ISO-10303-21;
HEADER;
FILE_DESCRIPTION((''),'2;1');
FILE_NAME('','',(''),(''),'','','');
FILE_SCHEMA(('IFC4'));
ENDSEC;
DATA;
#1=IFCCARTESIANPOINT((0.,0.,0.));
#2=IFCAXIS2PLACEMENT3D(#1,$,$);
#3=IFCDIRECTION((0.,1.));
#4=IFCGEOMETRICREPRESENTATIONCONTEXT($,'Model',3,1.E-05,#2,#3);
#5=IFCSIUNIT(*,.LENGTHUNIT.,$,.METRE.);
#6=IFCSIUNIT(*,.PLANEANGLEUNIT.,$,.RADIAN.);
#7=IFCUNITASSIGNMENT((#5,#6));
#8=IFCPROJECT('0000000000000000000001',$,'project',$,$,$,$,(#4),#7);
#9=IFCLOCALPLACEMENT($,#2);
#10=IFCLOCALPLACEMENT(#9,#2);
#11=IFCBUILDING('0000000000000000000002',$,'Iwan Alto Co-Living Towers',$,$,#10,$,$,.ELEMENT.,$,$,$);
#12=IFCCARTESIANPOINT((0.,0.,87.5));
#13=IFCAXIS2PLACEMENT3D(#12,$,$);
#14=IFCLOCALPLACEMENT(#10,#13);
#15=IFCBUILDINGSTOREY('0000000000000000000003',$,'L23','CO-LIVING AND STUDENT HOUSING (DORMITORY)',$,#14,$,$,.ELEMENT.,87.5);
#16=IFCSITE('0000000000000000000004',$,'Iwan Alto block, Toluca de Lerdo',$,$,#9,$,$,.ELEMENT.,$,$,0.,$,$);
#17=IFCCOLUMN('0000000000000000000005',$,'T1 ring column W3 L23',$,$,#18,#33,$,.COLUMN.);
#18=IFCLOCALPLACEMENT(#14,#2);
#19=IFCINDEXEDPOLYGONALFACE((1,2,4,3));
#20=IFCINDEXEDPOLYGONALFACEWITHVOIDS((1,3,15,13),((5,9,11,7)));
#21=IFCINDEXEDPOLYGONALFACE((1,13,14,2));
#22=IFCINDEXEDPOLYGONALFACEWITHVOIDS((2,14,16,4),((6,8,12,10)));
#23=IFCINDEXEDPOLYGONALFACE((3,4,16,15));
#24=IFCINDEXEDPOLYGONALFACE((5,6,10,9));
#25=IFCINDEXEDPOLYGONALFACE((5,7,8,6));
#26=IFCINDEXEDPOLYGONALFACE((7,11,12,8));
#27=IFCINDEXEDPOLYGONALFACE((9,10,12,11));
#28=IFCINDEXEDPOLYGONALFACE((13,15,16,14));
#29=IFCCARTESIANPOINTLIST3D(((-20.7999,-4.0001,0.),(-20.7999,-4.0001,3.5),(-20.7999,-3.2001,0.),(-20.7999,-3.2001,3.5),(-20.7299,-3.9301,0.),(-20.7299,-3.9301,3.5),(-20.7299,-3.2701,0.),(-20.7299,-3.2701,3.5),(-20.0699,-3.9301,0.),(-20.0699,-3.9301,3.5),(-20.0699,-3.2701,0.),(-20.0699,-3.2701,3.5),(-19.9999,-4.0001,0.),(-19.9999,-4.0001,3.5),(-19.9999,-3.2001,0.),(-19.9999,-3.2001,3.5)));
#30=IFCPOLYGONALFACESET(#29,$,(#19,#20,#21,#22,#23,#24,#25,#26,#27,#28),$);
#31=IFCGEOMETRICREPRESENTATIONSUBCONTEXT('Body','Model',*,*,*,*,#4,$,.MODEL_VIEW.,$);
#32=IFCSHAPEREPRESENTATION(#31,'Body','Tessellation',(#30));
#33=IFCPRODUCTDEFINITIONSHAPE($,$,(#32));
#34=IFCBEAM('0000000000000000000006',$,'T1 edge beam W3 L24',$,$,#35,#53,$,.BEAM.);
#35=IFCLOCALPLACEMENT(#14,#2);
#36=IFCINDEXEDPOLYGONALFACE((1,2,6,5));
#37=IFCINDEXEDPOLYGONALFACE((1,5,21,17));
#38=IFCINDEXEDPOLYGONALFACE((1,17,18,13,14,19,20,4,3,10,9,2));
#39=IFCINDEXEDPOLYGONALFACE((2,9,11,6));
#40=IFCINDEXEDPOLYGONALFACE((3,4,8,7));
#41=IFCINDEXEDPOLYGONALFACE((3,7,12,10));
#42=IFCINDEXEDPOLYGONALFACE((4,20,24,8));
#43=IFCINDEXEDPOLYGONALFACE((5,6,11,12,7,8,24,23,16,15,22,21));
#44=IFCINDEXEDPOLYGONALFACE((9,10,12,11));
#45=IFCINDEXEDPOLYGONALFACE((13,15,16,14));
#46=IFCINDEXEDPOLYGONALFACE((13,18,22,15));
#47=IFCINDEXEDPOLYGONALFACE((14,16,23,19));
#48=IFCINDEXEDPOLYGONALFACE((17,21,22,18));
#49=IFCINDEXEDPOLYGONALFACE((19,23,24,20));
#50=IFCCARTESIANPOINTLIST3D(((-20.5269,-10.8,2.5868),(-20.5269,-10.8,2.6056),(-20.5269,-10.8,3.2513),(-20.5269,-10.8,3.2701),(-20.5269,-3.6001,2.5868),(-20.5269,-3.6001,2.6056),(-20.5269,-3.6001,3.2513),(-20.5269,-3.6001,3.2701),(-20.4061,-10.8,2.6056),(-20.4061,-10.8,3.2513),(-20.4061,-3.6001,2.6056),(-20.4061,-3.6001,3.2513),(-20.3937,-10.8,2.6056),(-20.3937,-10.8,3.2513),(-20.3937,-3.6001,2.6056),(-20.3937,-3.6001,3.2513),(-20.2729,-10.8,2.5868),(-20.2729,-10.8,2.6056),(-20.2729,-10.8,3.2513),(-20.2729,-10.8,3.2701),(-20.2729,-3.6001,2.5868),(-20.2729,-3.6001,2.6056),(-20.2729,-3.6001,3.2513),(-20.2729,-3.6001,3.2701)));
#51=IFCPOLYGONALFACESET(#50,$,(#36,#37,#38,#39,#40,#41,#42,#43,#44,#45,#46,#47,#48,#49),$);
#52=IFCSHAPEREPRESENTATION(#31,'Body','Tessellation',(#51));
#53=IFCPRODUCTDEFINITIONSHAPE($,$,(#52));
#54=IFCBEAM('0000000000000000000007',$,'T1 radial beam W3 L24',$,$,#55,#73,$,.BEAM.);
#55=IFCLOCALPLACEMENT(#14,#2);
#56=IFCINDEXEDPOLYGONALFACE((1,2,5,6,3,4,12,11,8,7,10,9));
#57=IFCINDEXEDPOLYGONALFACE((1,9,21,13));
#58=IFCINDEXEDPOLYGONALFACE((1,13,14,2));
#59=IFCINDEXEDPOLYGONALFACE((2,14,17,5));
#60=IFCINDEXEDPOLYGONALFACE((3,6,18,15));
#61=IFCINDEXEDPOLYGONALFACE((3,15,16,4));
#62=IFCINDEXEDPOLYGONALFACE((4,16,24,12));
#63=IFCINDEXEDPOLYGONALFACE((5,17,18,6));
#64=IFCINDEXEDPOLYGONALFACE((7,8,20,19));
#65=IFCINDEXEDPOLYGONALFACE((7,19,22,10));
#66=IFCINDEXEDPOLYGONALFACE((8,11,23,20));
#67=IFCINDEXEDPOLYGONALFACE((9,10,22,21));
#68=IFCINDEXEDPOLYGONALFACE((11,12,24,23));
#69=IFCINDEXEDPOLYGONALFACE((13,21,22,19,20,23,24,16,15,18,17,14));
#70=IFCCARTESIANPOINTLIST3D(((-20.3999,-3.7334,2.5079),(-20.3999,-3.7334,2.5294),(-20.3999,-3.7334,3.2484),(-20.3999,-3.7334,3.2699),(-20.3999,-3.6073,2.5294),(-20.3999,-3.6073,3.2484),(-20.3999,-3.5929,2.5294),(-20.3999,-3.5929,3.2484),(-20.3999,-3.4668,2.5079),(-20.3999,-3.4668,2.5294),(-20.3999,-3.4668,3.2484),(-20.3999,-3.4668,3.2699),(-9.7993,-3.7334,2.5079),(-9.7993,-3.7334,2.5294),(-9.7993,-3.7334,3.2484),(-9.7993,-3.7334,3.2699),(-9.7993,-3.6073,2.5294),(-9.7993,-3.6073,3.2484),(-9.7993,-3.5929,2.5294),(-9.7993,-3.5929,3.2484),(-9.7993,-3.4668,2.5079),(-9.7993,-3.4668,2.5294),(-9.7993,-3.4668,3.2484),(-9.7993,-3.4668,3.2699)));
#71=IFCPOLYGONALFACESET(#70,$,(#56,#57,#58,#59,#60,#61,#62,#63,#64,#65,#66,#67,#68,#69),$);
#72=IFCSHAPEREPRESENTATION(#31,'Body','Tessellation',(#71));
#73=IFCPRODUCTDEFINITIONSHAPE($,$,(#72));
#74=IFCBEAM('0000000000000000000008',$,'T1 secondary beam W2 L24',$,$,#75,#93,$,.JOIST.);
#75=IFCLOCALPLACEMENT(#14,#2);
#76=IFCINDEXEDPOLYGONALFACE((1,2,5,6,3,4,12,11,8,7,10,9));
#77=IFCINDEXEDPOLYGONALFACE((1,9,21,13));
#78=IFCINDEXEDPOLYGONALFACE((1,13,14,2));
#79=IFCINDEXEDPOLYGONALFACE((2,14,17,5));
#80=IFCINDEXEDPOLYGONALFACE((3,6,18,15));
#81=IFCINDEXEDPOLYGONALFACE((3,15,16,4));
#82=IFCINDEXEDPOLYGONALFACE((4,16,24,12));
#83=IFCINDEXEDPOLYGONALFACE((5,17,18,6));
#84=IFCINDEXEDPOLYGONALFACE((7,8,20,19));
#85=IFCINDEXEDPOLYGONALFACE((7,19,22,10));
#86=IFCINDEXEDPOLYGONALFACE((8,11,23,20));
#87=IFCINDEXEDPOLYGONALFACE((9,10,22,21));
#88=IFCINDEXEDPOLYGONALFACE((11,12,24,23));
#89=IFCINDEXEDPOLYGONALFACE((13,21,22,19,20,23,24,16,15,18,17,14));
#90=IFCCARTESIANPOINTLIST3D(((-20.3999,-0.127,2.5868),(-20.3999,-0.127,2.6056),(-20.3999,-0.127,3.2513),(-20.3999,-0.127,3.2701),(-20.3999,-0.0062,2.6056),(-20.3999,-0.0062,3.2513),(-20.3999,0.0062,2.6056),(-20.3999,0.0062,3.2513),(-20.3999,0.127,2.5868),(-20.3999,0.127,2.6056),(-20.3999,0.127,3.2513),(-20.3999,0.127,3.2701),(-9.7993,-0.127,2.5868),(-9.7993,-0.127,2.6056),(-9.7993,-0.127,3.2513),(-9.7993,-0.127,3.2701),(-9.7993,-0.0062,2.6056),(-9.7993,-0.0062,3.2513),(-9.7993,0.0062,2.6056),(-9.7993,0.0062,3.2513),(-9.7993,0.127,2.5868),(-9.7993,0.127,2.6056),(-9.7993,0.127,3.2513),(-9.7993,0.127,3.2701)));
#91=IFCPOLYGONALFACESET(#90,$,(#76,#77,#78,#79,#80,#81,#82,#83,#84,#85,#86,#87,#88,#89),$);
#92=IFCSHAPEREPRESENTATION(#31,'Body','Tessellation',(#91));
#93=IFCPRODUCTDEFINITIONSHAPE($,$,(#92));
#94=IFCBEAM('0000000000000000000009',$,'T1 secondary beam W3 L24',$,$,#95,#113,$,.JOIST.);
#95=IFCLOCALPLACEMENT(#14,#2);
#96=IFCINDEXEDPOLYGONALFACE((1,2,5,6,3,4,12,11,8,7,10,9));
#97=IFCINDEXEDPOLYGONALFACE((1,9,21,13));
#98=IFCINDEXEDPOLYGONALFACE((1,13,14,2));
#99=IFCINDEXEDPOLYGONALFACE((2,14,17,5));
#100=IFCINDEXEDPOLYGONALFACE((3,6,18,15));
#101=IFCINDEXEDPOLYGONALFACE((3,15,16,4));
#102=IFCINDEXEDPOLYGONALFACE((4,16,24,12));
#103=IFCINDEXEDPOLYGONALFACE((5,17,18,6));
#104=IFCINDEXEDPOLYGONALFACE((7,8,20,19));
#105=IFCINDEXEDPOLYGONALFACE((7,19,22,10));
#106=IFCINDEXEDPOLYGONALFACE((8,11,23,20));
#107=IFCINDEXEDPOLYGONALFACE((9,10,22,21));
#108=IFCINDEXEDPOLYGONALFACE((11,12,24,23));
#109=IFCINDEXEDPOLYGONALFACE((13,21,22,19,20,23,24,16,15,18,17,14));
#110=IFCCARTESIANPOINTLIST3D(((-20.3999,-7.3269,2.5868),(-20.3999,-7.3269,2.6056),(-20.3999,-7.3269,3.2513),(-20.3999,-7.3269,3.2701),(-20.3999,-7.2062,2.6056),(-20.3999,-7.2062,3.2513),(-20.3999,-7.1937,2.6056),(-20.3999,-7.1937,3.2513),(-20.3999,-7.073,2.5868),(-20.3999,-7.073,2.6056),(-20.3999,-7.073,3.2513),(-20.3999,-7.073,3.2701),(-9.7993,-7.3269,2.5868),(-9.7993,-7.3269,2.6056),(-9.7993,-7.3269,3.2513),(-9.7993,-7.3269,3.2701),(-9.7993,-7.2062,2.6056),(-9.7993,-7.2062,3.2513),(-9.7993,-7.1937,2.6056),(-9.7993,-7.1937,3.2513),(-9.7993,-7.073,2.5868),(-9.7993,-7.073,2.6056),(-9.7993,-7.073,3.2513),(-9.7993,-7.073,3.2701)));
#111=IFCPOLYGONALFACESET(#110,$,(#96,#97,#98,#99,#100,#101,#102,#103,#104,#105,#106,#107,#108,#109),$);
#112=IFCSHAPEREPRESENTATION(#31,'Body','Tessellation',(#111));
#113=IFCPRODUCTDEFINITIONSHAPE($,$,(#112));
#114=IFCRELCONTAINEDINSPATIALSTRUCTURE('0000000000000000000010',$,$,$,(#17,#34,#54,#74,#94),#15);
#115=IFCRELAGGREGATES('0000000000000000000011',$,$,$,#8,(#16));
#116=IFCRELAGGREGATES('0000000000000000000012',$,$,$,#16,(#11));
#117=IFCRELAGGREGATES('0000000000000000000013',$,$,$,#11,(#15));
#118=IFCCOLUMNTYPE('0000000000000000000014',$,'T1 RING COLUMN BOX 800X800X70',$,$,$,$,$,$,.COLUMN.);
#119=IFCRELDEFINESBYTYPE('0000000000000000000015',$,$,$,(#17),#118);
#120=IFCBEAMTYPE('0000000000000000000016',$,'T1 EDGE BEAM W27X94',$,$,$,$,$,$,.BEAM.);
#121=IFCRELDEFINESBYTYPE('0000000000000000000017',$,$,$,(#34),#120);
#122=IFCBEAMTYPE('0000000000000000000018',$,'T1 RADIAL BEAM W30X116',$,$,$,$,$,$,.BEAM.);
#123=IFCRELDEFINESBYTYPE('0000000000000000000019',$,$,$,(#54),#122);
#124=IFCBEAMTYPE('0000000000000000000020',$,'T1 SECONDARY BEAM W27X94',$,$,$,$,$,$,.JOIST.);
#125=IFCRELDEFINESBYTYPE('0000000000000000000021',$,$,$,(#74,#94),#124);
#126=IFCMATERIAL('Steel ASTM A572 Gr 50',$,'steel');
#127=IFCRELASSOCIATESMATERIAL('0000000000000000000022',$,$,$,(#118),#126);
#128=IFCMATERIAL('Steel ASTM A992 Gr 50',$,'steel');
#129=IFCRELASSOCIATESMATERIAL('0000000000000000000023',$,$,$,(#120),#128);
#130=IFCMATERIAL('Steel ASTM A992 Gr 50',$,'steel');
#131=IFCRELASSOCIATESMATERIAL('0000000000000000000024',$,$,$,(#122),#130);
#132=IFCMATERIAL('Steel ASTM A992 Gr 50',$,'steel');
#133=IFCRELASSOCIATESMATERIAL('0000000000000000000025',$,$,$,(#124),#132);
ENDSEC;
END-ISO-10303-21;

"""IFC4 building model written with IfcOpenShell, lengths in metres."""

from ifc_helpers import new_model, si_unit, direction, frame, origin, origin_2d, place, context, subcontext, project, spatial, hollow_rectangle, i_section, extrude, material, material_profile, profile_set, type_object, element, save


model = new_model("IFC4")

# Units and contexts
model_context = context("Model", 3, precision=1e-05, world=origin(), true_north=direction((0.0, 1.0)))
body_context = subcontext(model_context, "Body", "Model", "MODEL_VIEW")
ifc_project = project(units=[si_unit("LENGTHUNIT", "METRE"), si_unit("PLANEANGLEUNIT", "RADIAN")], contexts=[model_context])

# Site, building, storey
site_placement = place(None, origin())
site = spatial("IfcSite", under=ifc_project, at=site_placement, Name="Iwan Alto block, Toluca de Lerdo", CompositionType="ELEMENT", RefElevation=0.0)
building_placement = place(site_placement, origin())
building = spatial("IfcBuilding", under=site, at=building_placement, Name="Iwan Alto Co-Living Towers", CompositionType="ELEMENT")
storey_placement = place(building_placement, frame((0.0, 0.0, 87.5)))
storey = spatial("IfcBuildingStorey", under=building, at=storey_placement, Name="L23", Description="CO-LIVING AND STUDENT HOUSING (DORMITORY)", CompositionType="ELEMENT", Elevation=87.5)

# Column
ifc_material_1 = material(Name="Steel ASTM A572 Gr 50", Category="steel")
ifc_material_profile_1 = material_profile(ifc_material_1, hollow_rectangle(XDim=0.8, YDim=0.8, WallThickness=0.0701, at=origin_2d()), Name="BOX 800X800X70")
ifc_profile_set_1 = profile_set([ifc_material_profile_1], Name="Steel ASTM A572 Gr 50")
column_type = type_object("IfcColumnType", Name="T1 RING COLUMN BOX 800X800X70", PredefinedType="COLUMN", material=ifc_profile_set_1)
column_placement = place(storey_placement, frame((-20.3999, -3.6001, 0.0), z_axis=(0.0, 0.0, 1.0), x_axis=(1.0, 0.0, 0.0)))
element("IfcColumn", 1, at=column_placement, inside=storey, type_object=column_type, Name="T1 ring column W3 L23", PredefinedType="COLUMN", context=body_context, shape_type="SweptSolid", body=[
    extrude(hollow_rectangle(XDim=0.8, YDim=0.8, WallThickness=0.0701, at=origin_2d()), origin(), (0.0, 0.0, 1.0), 3.5),
])

# Beams
ifc_material_2 = material(Name="Steel ASTM A992 Gr 50", Category="steel")
ifc_material_profile_2 = material_profile(ifc_material_2, i_section(OverallWidth=0.2539, OverallDepth=0.6833, WebThickness=0.0125, FlangeThickness=0.0188, at=origin_2d()), Name="W27X94")
ifc_profile_set_2 = profile_set([ifc_material_profile_2], Name="Steel ASTM A992 Gr 50")
beam_type_1 = type_object("IfcBeamType", Name="T1 EDGE BEAM W27X94", PredefinedType="BEAM", material=ifc_profile_set_2)
beam_1_placement = place(storey_placement, frame((-20.3999, -3.6001, 2.9285), z_axis=(0.0, -1.0, 0.0), x_axis=(1.0, 0.0, 0.0)))
element("IfcBeam", 2, at=beam_1_placement, inside=storey, type_object=beam_type_1, Name="T1 edge beam W3 L24", PredefinedType="BEAM", context=body_context, shape_type="SweptSolid", body=[
    extrude(i_section(OverallWidth=0.2539, OverallDepth=0.6833, WebThickness=0.0125, FlangeThickness=0.0188, at=origin_2d()), origin(), (0.0, 0.0, 1.0), 7.2),
])
ifc_material_3 = material(Name="Steel ASTM A992 Gr 50", Category="steel")
ifc_material_profile_3 = material_profile(ifc_material_3, i_section(OverallWidth=0.2666, OverallDepth=0.762, WebThickness=0.0144, FlangeThickness=0.0215, at=origin_2d()), Name="W30X116")
ifc_profile_set_3 = profile_set([ifc_material_profile_3], Name="Steel ASTM A992 Gr 50")
beam_type_2 = type_object("IfcBeamType", Name="T1 RADIAL BEAM W30X116", PredefinedType="BEAM", material=ifc_profile_set_3)
beam_2_placement = place(storey_placement, frame((-20.3999, -3.6001, 2.8889), z_axis=(1.0, 0.0, 0.0), x_axis=(0.0, 1.0, 0.0)))
element("IfcBeam", 3, at=beam_2_placement, inside=storey, type_object=beam_type_2, Name="T1 radial beam W3 L24", PredefinedType="BEAM", context=body_context, shape_type="SweptSolid", body=[
    extrude(i_section(OverallWidth=0.2666, OverallDepth=0.762, WebThickness=0.0144, FlangeThickness=0.0215, at=origin_2d()), origin(), (0.0, 0.0, 1.0), 10.6006),
])
ifc_material_4 = material(Name="Steel ASTM A992 Gr 50", Category="steel")
ifc_material_profile_4 = material_profile(ifc_material_4, i_section(OverallWidth=0.2539, OverallDepth=0.6833, WebThickness=0.0125, FlangeThickness=0.0188, at=origin_2d()), Name="W27X94")
ifc_profile_set_4 = profile_set([ifc_material_profile_4], Name="Steel ASTM A992 Gr 50")
beam_type_3 = type_object("IfcBeamType", Name="T1 SECONDARY BEAM W27X94", PredefinedType="JOIST", material=ifc_profile_set_4)
for number, where, z_axis, x_axis, name in (
    (4, (-20.3999, 0.0, 2.9285), (1.0, 0.0, 0.0), (0.0, 1.0, 0.0), "T1 secondary beam W2 L24"),
    (5, (-20.3999, -7.2, 2.9285), (1.0, 0.0, 0.0), (0.0, 1.0, 0.0), "T1 secondary beam W3 L24"),
):
    element("IfcBeam", number, at=place(storey_placement, frame(where, z_axis=z_axis, x_axis=x_axis)), inside=storey, type_object=beam_type_3, Name=name, PredefinedType="JOIST", context=body_context, shape_type="SweptSolid", body=[
        extrude(i_section(OverallWidth=0.2539, OverallDepth=0.6833, WebThickness=0.0125, FlangeThickness=0.0188, at=origin_2d()), origin(), (0.0, 0.0, 1.0), 10.6006),
    ])

save(model, "model.ifc")
